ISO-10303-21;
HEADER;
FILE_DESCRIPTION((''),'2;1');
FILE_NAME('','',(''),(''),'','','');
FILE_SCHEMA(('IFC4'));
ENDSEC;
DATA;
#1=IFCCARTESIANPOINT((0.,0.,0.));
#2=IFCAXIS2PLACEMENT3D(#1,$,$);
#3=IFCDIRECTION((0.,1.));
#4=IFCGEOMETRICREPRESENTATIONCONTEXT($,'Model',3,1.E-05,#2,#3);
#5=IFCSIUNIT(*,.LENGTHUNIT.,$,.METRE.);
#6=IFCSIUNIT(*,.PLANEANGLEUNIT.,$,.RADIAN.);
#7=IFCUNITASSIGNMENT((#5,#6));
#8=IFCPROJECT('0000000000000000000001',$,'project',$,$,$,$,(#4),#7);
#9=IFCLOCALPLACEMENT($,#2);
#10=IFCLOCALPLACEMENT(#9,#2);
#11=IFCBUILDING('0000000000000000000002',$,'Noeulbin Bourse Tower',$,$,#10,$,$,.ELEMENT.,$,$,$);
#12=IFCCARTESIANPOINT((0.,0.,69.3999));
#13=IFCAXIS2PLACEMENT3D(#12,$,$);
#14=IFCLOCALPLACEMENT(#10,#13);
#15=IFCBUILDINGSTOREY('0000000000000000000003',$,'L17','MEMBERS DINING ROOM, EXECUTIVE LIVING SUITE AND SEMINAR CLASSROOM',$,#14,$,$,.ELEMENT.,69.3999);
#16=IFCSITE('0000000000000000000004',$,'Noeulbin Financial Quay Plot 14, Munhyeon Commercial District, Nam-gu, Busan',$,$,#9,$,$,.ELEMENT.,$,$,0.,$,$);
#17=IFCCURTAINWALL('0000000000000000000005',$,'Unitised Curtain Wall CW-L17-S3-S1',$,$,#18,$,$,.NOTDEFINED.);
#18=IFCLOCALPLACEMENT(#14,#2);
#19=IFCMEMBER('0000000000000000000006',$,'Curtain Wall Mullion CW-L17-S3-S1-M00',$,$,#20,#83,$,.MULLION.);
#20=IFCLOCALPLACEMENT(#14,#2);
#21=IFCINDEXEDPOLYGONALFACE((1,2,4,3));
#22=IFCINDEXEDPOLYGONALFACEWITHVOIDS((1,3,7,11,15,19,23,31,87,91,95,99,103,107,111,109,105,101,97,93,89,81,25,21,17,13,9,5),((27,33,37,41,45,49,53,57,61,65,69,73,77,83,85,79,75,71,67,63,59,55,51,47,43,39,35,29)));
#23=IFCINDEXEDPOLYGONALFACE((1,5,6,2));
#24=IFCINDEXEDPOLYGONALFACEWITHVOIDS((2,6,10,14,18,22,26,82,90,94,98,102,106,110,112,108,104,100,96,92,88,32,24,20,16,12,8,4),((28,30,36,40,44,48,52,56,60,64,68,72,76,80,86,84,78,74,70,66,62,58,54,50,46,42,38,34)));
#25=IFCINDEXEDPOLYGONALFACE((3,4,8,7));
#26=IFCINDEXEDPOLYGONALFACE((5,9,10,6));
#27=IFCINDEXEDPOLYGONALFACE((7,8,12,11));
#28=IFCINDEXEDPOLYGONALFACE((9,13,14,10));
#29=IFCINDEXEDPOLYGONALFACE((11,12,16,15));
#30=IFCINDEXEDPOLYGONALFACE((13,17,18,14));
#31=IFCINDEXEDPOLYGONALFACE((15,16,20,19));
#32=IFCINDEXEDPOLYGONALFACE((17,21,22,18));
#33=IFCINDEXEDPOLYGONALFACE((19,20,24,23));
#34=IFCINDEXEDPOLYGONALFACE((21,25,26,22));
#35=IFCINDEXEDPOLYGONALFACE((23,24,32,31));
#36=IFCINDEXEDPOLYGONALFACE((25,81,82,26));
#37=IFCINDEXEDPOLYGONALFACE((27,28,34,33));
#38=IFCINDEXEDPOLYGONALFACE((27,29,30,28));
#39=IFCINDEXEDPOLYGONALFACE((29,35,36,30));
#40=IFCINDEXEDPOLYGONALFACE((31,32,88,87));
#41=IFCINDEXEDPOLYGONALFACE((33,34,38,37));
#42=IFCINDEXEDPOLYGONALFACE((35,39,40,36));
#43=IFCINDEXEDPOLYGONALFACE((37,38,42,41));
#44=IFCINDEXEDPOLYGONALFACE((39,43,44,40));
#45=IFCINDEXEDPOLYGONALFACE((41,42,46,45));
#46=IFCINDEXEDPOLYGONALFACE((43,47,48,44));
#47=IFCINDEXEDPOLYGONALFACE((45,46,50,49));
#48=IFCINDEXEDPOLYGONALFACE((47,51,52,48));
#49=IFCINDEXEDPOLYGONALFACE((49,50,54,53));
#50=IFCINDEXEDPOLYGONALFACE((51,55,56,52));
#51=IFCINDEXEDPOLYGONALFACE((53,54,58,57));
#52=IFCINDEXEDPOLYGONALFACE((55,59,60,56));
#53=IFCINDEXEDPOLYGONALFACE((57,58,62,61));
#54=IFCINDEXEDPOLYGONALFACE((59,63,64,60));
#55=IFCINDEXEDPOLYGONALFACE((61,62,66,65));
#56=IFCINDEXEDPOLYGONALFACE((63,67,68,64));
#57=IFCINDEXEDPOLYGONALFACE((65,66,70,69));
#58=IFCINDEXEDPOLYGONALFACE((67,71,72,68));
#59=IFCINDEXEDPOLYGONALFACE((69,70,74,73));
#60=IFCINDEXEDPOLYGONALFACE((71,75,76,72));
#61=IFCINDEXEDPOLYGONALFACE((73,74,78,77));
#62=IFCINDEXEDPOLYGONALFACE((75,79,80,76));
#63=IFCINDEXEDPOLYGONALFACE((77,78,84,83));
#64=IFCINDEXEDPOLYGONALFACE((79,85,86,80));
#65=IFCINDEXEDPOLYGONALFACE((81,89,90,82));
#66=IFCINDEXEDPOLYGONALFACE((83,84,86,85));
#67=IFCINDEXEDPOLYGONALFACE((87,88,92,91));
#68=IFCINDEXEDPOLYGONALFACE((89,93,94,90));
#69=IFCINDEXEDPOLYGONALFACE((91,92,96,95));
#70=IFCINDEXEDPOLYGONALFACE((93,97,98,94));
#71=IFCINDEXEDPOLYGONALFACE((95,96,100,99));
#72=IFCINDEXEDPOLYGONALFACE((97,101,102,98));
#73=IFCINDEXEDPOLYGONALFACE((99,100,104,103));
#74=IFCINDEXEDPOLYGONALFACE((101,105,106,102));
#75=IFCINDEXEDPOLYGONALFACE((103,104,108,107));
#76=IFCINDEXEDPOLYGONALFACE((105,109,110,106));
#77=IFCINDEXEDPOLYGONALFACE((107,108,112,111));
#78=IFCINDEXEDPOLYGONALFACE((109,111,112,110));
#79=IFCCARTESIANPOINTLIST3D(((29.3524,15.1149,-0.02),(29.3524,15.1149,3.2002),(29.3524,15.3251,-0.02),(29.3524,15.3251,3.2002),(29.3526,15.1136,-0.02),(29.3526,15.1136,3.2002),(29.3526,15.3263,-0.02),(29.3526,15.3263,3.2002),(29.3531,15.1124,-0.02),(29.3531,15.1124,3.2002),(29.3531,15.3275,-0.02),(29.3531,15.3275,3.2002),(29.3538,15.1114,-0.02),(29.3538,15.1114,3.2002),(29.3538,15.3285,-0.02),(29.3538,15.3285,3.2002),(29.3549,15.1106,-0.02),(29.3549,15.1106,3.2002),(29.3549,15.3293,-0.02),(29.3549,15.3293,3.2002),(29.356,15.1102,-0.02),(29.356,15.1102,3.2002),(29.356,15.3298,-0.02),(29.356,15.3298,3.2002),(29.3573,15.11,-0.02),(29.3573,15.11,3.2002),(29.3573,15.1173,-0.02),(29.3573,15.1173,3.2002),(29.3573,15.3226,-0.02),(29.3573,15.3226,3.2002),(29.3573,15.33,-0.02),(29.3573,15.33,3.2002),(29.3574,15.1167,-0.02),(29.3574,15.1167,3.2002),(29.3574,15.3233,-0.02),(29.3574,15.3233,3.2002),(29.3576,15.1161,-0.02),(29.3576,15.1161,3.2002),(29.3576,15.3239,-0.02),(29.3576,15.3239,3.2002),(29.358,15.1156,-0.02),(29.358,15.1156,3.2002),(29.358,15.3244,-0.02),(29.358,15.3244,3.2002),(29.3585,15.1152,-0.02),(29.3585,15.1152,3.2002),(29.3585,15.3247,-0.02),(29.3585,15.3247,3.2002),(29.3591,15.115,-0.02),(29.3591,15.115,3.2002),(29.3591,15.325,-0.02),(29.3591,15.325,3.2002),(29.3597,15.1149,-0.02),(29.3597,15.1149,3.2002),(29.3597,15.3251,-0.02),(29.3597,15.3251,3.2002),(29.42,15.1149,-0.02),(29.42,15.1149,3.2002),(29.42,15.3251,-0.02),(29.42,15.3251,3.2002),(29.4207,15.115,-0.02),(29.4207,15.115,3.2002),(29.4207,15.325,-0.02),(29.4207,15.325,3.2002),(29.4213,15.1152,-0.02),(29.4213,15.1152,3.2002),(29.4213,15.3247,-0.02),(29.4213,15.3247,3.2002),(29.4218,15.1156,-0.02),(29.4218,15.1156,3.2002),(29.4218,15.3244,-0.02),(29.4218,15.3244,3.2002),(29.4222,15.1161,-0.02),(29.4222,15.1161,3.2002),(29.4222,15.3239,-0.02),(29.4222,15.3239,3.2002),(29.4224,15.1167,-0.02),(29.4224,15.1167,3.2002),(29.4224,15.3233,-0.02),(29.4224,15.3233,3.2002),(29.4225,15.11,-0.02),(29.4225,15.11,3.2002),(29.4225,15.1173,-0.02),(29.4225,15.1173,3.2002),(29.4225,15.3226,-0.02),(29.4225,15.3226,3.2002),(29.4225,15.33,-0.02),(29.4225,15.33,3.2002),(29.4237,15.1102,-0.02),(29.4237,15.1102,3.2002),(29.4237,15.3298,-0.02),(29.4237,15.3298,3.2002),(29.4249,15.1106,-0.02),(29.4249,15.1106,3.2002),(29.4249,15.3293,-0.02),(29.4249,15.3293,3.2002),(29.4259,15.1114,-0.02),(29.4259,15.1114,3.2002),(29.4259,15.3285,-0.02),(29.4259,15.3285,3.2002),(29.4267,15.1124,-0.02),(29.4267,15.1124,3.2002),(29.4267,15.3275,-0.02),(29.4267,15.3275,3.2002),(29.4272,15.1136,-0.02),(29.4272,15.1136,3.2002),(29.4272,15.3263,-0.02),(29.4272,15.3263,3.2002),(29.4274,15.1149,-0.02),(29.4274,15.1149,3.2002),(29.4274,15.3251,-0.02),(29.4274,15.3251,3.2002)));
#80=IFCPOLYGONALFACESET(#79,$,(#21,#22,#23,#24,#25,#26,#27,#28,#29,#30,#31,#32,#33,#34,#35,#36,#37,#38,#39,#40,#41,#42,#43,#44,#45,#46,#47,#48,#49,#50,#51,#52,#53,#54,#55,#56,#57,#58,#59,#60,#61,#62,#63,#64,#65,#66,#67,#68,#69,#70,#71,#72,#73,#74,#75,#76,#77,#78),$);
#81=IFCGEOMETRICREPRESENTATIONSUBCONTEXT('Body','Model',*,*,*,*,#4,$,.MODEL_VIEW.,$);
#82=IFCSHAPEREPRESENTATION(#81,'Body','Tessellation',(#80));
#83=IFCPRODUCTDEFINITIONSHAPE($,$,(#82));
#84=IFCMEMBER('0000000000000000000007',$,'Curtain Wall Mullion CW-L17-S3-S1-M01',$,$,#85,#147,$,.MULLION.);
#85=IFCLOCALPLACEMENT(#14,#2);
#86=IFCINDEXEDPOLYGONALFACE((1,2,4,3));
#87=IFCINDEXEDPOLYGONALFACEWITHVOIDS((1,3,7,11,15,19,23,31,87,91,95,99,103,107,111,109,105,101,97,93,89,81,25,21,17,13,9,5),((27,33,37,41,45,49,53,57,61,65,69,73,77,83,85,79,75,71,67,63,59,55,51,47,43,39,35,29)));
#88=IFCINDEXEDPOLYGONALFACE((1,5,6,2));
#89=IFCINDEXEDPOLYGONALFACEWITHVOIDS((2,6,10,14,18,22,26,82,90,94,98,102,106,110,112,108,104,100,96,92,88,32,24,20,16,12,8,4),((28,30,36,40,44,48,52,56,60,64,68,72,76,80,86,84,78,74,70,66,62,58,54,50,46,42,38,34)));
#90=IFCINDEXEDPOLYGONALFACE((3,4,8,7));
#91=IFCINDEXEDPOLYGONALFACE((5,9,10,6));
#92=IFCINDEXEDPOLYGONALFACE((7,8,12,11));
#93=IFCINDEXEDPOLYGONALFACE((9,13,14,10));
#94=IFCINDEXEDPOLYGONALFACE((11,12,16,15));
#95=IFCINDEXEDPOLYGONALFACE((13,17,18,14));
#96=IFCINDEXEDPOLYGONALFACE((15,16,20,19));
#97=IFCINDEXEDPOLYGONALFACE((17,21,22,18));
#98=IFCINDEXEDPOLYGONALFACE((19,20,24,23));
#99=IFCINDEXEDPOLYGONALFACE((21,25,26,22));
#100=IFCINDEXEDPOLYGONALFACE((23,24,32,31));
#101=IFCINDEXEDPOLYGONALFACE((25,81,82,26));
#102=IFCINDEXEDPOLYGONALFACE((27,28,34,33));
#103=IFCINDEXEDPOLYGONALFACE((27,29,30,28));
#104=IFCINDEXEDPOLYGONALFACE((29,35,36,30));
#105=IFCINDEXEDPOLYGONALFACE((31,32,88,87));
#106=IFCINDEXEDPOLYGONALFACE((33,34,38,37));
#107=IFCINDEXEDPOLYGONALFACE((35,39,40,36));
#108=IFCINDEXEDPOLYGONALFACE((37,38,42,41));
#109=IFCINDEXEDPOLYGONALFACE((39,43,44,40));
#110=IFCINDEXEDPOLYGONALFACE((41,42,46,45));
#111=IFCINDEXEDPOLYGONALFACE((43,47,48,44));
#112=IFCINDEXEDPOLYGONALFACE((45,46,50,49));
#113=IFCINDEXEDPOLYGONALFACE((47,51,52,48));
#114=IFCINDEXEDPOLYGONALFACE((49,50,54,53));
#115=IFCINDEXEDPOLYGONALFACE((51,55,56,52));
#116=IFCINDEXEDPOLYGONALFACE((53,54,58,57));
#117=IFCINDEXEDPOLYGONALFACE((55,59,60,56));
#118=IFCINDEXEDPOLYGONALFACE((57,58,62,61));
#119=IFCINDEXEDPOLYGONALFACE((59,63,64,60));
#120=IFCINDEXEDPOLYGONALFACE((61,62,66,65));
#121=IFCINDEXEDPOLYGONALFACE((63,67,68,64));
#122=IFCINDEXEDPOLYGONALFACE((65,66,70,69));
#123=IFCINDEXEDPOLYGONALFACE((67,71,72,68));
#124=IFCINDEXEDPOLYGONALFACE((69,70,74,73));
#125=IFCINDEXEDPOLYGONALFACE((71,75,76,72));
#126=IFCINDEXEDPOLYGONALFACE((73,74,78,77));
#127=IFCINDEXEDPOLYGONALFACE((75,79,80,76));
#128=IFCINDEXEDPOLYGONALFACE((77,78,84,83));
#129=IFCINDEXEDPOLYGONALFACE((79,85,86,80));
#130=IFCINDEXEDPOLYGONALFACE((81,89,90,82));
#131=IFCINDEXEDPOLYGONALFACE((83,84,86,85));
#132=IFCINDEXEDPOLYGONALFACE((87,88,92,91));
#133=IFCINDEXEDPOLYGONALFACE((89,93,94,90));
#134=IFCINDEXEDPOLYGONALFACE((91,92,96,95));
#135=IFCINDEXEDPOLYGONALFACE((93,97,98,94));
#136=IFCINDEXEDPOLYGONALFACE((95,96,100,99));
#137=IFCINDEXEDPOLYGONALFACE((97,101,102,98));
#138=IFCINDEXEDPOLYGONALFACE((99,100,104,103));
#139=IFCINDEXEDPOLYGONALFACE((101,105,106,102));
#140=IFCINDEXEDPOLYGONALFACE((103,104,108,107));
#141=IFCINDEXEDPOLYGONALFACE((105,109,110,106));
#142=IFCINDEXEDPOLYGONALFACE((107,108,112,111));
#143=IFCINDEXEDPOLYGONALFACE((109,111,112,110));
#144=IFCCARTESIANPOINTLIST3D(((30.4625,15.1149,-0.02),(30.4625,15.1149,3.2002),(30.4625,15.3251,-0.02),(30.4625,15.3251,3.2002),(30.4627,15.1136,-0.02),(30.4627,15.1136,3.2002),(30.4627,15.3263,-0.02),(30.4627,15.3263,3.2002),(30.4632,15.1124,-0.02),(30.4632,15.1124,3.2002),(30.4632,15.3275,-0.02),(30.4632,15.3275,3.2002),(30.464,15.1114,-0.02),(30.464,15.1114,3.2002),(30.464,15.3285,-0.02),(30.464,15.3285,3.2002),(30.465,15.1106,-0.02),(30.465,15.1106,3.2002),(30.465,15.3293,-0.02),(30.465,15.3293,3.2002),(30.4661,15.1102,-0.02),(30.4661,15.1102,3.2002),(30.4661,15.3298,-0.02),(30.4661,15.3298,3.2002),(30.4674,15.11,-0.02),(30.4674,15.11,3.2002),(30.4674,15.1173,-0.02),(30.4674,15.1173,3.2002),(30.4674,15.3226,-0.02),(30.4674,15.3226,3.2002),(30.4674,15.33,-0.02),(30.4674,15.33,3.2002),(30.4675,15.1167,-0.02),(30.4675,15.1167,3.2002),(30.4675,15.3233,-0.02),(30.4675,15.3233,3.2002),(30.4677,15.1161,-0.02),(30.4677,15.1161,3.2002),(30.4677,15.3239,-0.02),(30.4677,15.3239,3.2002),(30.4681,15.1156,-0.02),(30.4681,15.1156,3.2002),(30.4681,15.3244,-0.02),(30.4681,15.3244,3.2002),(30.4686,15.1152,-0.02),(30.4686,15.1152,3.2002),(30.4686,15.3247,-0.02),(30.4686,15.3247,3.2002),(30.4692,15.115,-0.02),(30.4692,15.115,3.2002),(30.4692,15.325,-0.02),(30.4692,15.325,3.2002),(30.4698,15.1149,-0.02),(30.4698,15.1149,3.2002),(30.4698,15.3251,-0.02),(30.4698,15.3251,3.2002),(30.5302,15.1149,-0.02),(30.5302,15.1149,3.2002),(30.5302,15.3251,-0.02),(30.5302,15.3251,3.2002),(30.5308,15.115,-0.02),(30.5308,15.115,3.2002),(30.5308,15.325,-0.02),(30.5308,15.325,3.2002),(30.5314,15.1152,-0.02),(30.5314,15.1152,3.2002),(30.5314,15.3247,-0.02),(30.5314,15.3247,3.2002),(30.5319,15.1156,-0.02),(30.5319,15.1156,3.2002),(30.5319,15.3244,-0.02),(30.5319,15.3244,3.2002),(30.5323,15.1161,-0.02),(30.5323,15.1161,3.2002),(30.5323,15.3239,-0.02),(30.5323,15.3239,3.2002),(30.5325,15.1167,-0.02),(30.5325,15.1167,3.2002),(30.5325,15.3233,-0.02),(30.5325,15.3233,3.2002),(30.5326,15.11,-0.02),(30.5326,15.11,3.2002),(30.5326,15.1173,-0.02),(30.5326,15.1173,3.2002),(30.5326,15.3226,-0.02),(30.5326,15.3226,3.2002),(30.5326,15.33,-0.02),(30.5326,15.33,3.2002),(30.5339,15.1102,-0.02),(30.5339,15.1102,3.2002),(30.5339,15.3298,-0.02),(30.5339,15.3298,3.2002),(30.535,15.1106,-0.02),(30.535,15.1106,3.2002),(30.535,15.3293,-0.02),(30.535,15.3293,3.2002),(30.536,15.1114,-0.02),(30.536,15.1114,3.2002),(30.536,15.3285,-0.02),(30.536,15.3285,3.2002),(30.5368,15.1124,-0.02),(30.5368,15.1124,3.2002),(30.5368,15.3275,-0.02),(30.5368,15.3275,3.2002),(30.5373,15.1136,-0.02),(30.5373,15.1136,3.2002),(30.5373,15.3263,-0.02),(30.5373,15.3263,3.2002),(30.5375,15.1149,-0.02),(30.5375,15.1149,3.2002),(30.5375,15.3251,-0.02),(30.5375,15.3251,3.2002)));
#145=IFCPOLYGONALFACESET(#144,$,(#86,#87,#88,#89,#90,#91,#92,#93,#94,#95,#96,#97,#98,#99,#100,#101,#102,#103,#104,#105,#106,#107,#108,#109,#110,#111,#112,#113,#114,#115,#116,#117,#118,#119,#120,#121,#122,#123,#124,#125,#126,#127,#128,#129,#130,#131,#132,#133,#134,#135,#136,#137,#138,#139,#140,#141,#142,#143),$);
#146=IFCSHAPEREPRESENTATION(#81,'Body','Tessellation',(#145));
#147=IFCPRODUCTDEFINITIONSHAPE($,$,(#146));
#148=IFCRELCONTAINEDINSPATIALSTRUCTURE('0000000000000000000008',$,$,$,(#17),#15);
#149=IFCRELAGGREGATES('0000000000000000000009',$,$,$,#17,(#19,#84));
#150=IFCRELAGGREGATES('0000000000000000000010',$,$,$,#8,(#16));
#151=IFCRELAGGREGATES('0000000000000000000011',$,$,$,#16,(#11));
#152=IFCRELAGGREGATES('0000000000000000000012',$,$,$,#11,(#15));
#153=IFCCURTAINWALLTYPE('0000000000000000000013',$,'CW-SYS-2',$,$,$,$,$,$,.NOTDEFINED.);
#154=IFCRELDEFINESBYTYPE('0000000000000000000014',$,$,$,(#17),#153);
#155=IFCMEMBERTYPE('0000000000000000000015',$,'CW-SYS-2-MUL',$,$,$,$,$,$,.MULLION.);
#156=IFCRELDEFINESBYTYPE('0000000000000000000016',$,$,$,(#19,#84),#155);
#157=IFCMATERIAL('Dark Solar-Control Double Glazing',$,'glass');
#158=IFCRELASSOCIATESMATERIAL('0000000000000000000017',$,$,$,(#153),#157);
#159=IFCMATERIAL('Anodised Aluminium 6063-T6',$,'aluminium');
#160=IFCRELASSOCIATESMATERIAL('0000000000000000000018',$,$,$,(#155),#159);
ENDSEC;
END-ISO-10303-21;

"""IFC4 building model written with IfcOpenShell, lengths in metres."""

from ifc_helpers import new_model, si_unit, direction, frame, origin, origin_2d, place, context, subcontext, project, spatial, hollow_rectangle, extrude, material, material_profile, profile_set, type_object, element, aggregate, save


model = new_model("IFC4")

# Units and contexts
model_context = context("Model", 3, precision=1e-05, world=origin(), true_north=direction((0.0, 1.0)))
body_context = subcontext(model_context, "Body", "Model", "MODEL_VIEW")
ifc_project = project(units=[si_unit("LENGTHUNIT", "METRE"), si_unit("PLANEANGLEUNIT", "RADIAN")], contexts=[model_context])

# Site, building, storey
site_placement = place(None, origin())
site = spatial("IfcSite", under=ifc_project, at=site_placement, Name="Noeulbin Financial Quay Plot 14, Munhyeon Commercial District, Nam-gu, Busan", CompositionType="ELEMENT", RefElevation=0.0)
building_placement = place(site_placement, origin())
building = spatial("IfcBuilding", under=site, at=building_placement, Name="Noeulbin Bourse Tower", CompositionType="ELEMENT")
storey_placement = place(building_placement, frame((0.0, 0.0, 69.3999)))
storey = spatial("IfcBuildingStorey", under=building, at=storey_placement, Name="L17", Description="MEMBERS DINING ROOM, EXECUTIVE LIVING SUITE AND SEMINAR CLASSROOM", CompositionType="ELEMENT", Elevation=69.3999)

# Curtain wall, members
ifc_material_1 = material(Name="Dark Solar-Control Double Glazing", Category="glass")
curtain_wall_type = type_object("IfcCurtainWallType", Name="CW-SYS-2", PredefinedType="NOTDEFINED", material=ifc_material_1)
curtain_wall_1_placement = place(storey_placement, origin())
curtain_wall_1 = element("IfcCurtainWall", 1, at=curtain_wall_1_placement, inside=storey, type_object=curtain_wall_type, Name="Unitised Curtain Wall CW-L17-S3-S1", PredefinedType="NOTDEFINED")
ifc_material_2 = material(Name="Anodised Aluminium 6063-T6", Category="aluminium")
ifc_material_profile_1 = material_profile(ifc_material_2, hollow_rectangle(XDim=0.075, YDim=0.22, WallThickness=0.0049, InnerFilletRadius=0.0024, OuterFilletRadius=0.0049, at=origin_2d()), Name="ALU-MULL-75x220x5", Category="LoadBearing")
ifc_profile_set_1 = profile_set([ifc_material_profile_1], Name="Anodised Aluminium 6063-T6")
member_type_1 = type_object("IfcMemberType", Name="CW-SYS-2-MUL", PredefinedType="MULLION", material=ifc_profile_set_1)
member_1_placement = place(storey_placement, frame((29.3899, 15.22, -0.02), z_axis=(0.0, 0.0, 1.0), x_axis=(1.0, 0.0, 0.0)))
member_1 = element("IfcMember", 2, at=member_1_placement, type_object=member_type_1, Name="Curtain Wall Mullion CW-L17-S3-S1-M00", PredefinedType="MULLION", context=body_context, shape_type="SweptSolid", body=[
    extrude(hollow_rectangle(XDim=0.075, YDim=0.22, WallThickness=0.0049, InnerFilletRadius=0.0024, OuterFilletRadius=0.0049, at=origin_2d()), origin(), (0.0, 0.0, 1.0), 3.2202),
])
member_2_placement = place(storey_placement, frame((30.5, 15.22, -0.02), z_axis=(0.0, 0.0, 1.0), x_axis=(1.0, 0.0, 0.0)))
member_2 = element("IfcMember", 3, at=member_2_placement, type_object=member_type_1, Name="Curtain Wall Mullion CW-L17-S3-S1-M01", PredefinedType="MULLION", context=body_context, shape_type="SweptSolid", body=[
    extrude(hollow_rectangle(XDim=0.075, YDim=0.22, WallThickness=0.0049, InnerFilletRadius=0.0024, OuterFilletRadius=0.0049, at=origin_2d()), origin(), (0.0, 0.0, 1.0), 3.2202),
])

aggregate(curtain_wall_1, [member_1, member_2])

save(model, "model.ifc")
